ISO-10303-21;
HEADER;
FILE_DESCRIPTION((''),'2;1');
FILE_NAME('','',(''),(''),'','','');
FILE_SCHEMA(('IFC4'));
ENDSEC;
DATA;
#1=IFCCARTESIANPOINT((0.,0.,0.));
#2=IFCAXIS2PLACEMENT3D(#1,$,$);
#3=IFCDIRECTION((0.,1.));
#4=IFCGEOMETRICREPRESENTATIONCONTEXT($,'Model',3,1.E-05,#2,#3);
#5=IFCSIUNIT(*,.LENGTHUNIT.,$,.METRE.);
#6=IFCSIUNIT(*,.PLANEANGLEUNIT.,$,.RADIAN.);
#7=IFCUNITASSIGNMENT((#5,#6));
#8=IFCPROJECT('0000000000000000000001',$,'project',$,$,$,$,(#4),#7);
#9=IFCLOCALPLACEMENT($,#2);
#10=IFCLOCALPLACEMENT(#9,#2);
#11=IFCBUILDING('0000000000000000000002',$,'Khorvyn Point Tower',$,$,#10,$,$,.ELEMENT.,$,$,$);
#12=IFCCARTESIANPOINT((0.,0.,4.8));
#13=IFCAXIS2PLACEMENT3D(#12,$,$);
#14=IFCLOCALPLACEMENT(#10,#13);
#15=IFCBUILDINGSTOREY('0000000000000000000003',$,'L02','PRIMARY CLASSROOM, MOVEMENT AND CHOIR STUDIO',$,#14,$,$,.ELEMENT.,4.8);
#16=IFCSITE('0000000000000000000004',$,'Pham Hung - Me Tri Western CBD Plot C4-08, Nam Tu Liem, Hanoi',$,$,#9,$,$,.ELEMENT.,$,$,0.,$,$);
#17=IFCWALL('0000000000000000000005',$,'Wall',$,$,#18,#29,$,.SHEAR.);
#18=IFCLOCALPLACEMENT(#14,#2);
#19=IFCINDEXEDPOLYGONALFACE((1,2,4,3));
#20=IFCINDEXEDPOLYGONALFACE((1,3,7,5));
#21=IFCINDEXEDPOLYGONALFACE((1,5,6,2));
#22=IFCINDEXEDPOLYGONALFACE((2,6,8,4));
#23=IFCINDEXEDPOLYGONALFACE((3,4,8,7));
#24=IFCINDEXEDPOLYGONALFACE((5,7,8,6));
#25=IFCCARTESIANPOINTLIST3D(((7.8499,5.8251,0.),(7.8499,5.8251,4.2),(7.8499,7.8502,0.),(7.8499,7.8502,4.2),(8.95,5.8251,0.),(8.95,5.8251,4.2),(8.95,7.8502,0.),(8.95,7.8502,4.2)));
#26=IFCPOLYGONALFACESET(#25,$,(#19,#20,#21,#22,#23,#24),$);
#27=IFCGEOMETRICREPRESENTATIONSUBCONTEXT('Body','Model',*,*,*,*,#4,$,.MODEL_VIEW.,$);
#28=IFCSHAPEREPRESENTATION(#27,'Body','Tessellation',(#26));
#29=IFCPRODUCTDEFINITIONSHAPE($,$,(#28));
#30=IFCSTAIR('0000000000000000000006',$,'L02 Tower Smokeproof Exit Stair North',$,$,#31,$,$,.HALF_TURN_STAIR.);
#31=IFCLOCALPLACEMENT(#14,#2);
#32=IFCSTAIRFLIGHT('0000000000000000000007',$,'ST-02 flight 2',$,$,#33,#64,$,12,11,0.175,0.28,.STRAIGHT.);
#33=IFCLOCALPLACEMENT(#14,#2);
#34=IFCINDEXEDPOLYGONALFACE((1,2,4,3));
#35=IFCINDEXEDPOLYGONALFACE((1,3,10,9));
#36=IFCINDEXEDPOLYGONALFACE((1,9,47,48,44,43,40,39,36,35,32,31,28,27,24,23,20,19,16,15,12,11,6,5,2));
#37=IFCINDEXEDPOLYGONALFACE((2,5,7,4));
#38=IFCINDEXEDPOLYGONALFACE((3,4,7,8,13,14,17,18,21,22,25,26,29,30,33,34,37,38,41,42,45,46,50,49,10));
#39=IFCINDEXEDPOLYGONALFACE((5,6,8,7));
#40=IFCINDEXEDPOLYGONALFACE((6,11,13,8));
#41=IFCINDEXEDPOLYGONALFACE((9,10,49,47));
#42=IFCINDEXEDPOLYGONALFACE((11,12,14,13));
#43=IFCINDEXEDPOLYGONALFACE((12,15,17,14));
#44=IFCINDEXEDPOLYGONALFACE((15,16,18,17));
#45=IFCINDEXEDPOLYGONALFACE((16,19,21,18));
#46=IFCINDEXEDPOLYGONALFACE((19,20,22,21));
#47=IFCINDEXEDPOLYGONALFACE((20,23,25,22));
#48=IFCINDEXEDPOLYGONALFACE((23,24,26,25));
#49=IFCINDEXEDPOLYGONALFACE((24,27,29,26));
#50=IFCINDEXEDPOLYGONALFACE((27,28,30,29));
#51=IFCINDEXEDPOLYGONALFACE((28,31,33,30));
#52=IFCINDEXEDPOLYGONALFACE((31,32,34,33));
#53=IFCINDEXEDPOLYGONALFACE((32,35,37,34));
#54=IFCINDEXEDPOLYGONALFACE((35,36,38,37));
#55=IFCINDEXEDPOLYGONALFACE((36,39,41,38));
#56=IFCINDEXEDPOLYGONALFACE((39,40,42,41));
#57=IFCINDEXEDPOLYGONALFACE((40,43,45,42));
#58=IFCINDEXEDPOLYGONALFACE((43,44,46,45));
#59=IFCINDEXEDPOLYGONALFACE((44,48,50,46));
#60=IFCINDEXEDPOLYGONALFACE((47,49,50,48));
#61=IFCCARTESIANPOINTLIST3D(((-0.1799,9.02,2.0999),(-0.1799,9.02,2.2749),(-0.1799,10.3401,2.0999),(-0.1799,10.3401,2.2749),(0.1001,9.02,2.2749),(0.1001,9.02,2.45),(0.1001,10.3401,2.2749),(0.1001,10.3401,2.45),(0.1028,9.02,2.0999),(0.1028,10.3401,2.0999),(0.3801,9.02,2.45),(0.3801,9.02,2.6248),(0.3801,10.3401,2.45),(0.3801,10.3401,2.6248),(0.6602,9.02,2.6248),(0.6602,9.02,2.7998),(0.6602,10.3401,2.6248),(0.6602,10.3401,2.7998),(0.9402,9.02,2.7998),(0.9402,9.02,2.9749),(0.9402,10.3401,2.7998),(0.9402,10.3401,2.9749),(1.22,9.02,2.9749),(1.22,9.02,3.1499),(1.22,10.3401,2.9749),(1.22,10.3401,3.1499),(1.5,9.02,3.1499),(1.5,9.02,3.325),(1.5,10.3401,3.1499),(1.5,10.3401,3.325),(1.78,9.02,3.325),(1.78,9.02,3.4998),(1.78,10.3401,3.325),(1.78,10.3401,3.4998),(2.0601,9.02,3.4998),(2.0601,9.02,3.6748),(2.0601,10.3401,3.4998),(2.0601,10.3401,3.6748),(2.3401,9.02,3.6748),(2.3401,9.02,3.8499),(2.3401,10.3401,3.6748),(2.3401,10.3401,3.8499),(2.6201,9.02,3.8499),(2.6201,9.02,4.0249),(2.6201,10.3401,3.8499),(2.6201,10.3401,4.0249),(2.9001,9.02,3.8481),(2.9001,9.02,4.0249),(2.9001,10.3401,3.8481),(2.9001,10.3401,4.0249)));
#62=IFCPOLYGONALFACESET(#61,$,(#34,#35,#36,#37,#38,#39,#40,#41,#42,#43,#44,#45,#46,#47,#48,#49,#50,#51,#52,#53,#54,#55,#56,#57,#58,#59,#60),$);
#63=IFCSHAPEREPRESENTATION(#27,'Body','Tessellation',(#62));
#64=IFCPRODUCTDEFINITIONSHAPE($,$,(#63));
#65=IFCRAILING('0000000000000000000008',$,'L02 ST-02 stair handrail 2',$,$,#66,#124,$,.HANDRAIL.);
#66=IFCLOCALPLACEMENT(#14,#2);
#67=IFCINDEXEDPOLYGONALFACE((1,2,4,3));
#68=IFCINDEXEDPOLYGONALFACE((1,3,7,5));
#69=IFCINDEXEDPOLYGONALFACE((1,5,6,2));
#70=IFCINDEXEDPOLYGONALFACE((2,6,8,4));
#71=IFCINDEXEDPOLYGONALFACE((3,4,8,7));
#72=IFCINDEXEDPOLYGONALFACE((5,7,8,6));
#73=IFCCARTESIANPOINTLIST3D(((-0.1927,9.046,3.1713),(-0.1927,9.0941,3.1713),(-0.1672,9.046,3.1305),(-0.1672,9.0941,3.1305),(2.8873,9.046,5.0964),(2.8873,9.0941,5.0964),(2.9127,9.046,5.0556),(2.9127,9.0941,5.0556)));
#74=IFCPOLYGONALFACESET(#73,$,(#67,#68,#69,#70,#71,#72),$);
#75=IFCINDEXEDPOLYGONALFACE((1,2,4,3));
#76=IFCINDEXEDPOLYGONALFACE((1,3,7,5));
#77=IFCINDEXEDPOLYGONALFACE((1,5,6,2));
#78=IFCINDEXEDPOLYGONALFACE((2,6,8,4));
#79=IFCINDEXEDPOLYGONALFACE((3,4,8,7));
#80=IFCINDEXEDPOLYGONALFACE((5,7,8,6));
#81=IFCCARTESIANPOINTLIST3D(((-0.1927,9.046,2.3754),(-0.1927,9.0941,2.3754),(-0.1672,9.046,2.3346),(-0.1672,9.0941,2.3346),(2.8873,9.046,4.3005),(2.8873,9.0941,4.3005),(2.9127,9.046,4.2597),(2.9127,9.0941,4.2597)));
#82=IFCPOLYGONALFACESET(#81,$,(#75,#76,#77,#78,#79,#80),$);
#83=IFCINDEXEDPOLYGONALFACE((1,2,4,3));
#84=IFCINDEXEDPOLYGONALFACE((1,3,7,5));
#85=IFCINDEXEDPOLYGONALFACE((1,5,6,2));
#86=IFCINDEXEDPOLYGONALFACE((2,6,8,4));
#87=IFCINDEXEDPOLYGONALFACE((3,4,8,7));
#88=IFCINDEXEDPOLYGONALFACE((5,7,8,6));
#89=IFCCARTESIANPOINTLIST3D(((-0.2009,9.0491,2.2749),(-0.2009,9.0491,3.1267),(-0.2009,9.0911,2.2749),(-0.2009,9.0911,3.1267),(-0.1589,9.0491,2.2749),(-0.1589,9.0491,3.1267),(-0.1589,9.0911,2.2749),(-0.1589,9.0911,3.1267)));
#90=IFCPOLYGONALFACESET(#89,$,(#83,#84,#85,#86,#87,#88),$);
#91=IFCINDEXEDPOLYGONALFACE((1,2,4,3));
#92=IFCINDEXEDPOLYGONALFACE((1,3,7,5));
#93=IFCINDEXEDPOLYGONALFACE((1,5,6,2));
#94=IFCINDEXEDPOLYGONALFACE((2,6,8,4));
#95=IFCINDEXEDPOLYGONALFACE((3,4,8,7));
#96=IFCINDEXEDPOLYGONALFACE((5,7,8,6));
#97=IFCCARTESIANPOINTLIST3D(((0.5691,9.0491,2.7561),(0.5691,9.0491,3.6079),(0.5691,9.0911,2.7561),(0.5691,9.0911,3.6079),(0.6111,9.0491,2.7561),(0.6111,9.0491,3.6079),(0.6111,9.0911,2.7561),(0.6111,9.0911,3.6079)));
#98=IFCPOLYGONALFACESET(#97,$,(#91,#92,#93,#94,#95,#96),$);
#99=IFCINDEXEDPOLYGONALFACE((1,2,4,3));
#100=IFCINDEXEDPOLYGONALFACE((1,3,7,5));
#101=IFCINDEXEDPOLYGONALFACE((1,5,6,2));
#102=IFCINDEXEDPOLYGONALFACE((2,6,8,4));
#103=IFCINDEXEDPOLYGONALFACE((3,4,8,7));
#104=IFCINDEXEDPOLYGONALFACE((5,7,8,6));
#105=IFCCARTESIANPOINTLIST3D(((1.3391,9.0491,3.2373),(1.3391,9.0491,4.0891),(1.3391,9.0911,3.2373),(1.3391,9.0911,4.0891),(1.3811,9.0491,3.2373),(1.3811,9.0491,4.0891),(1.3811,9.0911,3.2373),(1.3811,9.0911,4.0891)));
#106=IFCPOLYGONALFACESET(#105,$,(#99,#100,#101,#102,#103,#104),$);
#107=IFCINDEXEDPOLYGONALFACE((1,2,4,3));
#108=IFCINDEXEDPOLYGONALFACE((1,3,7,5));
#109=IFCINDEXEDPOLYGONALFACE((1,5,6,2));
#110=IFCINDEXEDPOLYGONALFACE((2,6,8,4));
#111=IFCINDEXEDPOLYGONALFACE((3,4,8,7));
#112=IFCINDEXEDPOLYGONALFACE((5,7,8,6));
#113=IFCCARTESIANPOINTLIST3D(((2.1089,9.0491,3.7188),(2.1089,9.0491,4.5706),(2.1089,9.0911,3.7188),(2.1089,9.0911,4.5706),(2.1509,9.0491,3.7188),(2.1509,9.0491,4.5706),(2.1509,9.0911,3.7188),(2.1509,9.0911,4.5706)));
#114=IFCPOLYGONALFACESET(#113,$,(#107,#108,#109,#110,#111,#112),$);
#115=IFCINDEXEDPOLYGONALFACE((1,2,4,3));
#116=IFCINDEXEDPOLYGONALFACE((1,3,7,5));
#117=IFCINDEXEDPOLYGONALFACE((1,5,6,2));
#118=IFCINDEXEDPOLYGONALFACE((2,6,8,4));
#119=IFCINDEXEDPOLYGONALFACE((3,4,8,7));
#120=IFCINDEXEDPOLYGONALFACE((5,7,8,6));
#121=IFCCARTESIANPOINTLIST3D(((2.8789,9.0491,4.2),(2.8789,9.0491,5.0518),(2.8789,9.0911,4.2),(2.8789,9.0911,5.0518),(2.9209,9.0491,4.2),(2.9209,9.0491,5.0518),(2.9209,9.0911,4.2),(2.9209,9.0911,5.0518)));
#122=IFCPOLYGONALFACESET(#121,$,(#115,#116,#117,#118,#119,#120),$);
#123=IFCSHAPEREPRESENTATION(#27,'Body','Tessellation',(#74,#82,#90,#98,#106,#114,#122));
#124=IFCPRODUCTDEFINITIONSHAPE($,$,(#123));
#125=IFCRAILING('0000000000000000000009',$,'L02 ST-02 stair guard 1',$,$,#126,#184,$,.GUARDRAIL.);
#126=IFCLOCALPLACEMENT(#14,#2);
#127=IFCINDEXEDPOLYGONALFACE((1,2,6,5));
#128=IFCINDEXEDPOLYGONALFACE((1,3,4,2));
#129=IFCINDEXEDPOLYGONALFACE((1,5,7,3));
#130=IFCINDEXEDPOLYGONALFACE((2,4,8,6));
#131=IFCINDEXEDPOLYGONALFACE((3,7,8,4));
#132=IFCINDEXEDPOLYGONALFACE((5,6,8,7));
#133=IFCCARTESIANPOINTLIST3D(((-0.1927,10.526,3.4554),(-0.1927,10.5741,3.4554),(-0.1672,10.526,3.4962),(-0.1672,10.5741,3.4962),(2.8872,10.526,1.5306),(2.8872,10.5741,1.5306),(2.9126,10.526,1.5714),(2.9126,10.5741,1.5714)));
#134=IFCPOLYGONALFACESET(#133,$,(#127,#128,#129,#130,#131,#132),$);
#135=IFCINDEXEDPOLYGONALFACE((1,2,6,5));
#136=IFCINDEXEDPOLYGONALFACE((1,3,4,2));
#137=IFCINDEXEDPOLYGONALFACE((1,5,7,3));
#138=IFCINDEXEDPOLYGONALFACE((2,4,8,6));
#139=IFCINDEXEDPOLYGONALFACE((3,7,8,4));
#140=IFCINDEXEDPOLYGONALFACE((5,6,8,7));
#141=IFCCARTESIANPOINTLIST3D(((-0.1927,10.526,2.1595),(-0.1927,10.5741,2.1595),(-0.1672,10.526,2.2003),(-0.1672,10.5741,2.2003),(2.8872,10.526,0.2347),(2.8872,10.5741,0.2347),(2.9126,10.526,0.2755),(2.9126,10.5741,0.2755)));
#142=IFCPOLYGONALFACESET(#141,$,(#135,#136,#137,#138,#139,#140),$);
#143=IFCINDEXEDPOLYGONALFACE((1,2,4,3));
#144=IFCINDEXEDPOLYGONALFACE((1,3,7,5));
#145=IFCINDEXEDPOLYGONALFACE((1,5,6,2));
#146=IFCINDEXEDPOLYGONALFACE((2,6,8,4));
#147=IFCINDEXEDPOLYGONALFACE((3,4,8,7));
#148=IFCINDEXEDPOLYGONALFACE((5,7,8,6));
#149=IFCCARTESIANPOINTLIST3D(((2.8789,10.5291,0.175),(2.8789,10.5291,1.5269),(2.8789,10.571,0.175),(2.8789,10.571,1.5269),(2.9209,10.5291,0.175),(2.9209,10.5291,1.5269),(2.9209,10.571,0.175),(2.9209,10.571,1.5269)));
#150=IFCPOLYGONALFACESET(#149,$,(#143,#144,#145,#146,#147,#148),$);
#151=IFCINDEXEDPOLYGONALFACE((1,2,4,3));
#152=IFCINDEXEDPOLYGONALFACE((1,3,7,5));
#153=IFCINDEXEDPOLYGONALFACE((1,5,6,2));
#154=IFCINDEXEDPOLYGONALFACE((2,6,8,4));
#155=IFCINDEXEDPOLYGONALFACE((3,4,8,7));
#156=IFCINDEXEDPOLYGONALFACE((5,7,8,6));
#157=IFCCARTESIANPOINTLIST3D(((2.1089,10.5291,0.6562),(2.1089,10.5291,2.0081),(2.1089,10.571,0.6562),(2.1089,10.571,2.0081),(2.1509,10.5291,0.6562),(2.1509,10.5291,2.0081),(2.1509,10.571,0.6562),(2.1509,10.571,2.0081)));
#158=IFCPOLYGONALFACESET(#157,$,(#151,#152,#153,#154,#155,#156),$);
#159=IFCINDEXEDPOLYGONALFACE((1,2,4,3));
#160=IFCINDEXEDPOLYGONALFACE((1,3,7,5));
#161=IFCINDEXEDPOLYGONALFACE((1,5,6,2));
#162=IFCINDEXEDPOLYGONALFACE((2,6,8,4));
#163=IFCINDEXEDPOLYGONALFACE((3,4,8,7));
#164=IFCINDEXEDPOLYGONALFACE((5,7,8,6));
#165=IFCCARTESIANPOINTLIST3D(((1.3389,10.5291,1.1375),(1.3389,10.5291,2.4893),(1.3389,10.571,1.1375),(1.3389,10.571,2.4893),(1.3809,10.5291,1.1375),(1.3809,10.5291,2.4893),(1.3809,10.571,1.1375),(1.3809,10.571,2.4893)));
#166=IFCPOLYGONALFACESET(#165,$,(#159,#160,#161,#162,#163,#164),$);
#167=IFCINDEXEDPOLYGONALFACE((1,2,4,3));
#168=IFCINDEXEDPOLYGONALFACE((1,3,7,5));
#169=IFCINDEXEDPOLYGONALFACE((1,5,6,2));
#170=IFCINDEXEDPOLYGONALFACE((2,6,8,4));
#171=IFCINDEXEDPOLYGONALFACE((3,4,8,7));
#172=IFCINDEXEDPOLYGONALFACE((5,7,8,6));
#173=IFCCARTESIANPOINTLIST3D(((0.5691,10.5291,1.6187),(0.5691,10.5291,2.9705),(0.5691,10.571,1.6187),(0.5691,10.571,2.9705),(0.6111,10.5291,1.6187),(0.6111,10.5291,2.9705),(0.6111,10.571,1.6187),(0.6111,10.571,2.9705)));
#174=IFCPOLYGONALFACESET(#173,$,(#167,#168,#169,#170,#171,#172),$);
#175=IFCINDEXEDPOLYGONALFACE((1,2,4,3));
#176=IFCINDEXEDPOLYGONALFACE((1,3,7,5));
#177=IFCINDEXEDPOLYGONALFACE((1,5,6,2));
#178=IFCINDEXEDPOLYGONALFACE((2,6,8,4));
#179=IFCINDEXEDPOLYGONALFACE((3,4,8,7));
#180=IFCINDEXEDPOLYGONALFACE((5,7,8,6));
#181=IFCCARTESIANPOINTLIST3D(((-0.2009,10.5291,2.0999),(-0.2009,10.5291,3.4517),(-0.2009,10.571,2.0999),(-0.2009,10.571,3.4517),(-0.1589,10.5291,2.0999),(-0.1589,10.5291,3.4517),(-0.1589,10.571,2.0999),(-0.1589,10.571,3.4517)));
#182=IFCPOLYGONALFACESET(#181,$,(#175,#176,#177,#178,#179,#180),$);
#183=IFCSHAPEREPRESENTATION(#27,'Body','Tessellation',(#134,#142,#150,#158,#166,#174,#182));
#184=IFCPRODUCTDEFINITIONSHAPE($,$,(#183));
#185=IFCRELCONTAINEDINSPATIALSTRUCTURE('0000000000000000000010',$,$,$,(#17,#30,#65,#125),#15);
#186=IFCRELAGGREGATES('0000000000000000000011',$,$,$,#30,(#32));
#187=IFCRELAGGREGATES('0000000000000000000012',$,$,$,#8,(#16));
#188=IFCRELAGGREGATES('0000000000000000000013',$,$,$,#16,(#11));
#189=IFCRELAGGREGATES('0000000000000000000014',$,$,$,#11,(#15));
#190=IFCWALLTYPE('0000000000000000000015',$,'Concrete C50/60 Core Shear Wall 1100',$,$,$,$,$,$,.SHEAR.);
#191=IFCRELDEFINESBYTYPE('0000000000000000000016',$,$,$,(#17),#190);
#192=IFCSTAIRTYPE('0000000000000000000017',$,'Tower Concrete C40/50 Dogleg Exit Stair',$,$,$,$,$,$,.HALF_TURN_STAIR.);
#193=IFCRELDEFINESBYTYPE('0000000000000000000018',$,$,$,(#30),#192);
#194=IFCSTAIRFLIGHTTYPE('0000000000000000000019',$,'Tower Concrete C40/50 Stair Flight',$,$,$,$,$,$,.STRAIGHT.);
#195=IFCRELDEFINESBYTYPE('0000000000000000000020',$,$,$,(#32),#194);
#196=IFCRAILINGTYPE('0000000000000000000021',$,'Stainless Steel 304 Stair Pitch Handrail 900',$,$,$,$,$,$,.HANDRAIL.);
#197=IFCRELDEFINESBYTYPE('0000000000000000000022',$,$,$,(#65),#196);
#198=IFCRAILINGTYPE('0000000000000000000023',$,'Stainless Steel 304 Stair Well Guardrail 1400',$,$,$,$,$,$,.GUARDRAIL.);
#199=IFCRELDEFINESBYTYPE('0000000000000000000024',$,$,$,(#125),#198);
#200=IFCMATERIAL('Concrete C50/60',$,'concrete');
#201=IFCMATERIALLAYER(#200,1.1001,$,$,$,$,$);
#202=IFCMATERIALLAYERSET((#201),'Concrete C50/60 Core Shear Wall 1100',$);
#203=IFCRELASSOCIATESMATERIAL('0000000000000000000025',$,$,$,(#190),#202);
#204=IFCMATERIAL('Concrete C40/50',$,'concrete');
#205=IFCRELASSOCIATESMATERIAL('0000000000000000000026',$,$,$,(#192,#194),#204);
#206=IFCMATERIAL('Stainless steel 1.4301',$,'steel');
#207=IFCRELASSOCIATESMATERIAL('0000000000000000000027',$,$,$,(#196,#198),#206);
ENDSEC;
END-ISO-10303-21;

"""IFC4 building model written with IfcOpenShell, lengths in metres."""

from ifc_helpers import new_model, si_unit, direction, frame, frame_2d, origin, origin_2d, place, context, subcontext, project, spatial, polyline, rectangle, outline, extrude, material, layer, layer_set, type_object, element, aggregate, save


model = new_model("IFC4")

# Units and contexts
model_context = context("Model", 3, precision=1e-05, world=origin(), true_north=direction((0.0, 1.0)))
body_context = subcontext(model_context, "Body", "Model", "MODEL_VIEW")
ifc_project = project(units=[si_unit("LENGTHUNIT", "METRE"), si_unit("PLANEANGLEUNIT", "RADIAN")], contexts=[model_context])

# Site, building, storey
site_placement = place(None, origin())
site = spatial("IfcSite", under=ifc_project, at=site_placement, Name="Pham Hung - Me Tri Western CBD Plot C4-08, Nam Tu Liem, Hanoi", CompositionType="ELEMENT", RefElevation=0.0)
building_placement = place(site_placement, origin())
building = spatial("IfcBuilding", under=site, at=building_placement, Name="Khorvyn Point Tower", CompositionType="ELEMENT")
storey_placement = place(building_placement, frame((0.0, 0.0, 4.8)))
storey = spatial("IfcBuildingStorey", under=building, at=storey_placement, Name="L02", Description="PRIMARY CLASSROOM, MOVEMENT AND CHOIR STUDIO", CompositionType="ELEMENT", Elevation=4.8)

# Shared definitions
ifc_material_1 = material(Name="Concrete C40/50", Category="concrete")
ifc_material_2 = material(Name="Concrete C50/60", Category="concrete")

# Shared definitions
ifc_material_3 = material(Name="Stainless steel 1.4301", Category="steel")

# Wall
ifc_layer_1 = layer(ifc_material_2, 1.1001)
ifc_layer_set_1 = layer_set([ifc_layer_1], Name="Concrete C50/60 Core Shear Wall 1100")
wall_type_1 = type_object("IfcWallType", Name="Concrete C50/60 Core Shear Wall 1100", PredefinedType="SHEAR", material=ifc_layer_set_1)
wall_1_placement = place(storey_placement, frame((8.3999, 5.825, 0.0), z_axis=(0.0, 0.0, 1.0), x_axis=(0.0, 1.0, 0.0)))
element("IfcWall", 1, at=wall_1_placement, inside=storey, type_object=wall_type_1, Name="Wall", PredefinedType="SHEAR", context=body_context, shape_type="SweptSolid", body=[
    extrude(rectangle(XDim=2.0251, YDim=1.1001, at=frame_2d((1.0127, 0.0))), origin(), (0.0, 0.0, 1.0), 4.2),
])

# Stair, stair flight
stair_type = type_object("IfcStairType", Name="Tower Concrete C40/50 Dogleg Exit Stair", PredefinedType="HALF_TURN_STAIR", material=ifc_material_1)
stair_placement = place(storey_placement, origin())
stair = element("IfcStair", 2, at=stair_placement, inside=storey, type_object=stair_type, Name="L02 Tower Smokeproof Exit Stair North", PredefinedType="HALF_TURN_STAIR")
stair_flight_type = type_object("IfcStairFlightType", Name="Tower Concrete C40/50 Stair Flight", PredefinedType="STRAIGHT", material=ifc_material_1)
stair_flight_placement = place(storey_placement, frame((-0.1799, 9.6799, 2.0999), z_axis=(0.0, 0.0, 1.0), x_axis=(1.0, 0.0, 0.0)))
stair_flight = element("IfcStairFlight", 3, at=stair_flight_placement, type_object=stair_flight_type, Name="ST-02 flight 2", NumberOfRisers=12, NumberOfTreads=11, PredefinedType="STRAIGHT", RiserHeight=0.175, TreadLength=0.28, context=body_context, shape_type="SweptSolid", body=[
    extrude(outline(polyline([(0.0, 0.0), (0.0, 0.175), (0.28, 0.175), (0.28, 0.3501), (0.5601, 0.3501), (0.5601, 0.5249), (0.8401, 0.5249), (0.8401, 0.7), (1.1201, 0.7), (1.1201, 0.875), (1.3999, 0.875), (1.3999, 1.05), (1.6799, 1.05), (1.6799, 1.2251), (1.96, 1.2251), (1.96, 1.3999), (2.24, 1.3999), (2.24, 1.575), (2.52, 1.575), (2.52, 1.75), (2.8, 1.75), (2.8, 1.925), (3.0801, 1.925), (3.0801, 2.1001), (3.0801, 1.7483), (0.2827, 0.0), (0.0, 0.0)])), frame((0.0, 0.6602, 0.0), z_axis=(0.0, -1.0, 0.0), x_axis=(1.0, 0.0, 0.0)), (0.0, 0.0, 1.0), 1.3201),
])
aggregate(stair, [stair_flight])

# Railings
railing_type_1 = type_object("IfcRailingType", Name="Stainless Steel 304 Stair Pitch Handrail 900", PredefinedType="HANDRAIL", material=ifc_material_3)
railing_1_placement = place(storey_placement, frame((-0.1799, 9.0701, 2.2749)))
element("IfcRailing", 4, at=railing_1_placement, inside=storey, type_object=railing_type_1, Name="L02 ST-02 stair handrail 2", PredefinedType="HANDRAIL", context=body_context, shape_type="SweptSolid", body=[
    extrude(rectangle(XDim=0.0481, YDim=0.0481, at=origin_2d()), frame((0.0, 0.0, 0.876), z_axis=(0.847979, 0.0, 0.530029), x_axis=(0.0, 1.0, 0.0)), (0.0, 0.0, 1.0), 3.6321),
    extrude(rectangle(XDim=0.0481, YDim=0.0481, at=origin_2d()), frame((0.0, 0.0, 0.0801), z_axis=(0.847979, 0.0, 0.530029), x_axis=(0.0, 1.0, 0.0)), (0.0, 0.0, 1.0), 3.6321),
    extrude(rectangle(XDim=0.042, YDim=0.042, at=origin_2d()), origin(), (0.0, 0.0, 1.0), 0.8518),
    extrude(rectangle(XDim=0.042, YDim=0.042, at=origin_2d()), frame((0.77, 0.0, 0.4812)), (0.0, 0.0, 1.0), 0.8518),
    extrude(rectangle(XDim=0.042, YDim=0.042, at=origin_2d()), frame((1.54, 0.0, 0.9624)), (0.0, 0.0, 1.0), 0.8518),
    extrude(rectangle(XDim=0.042, YDim=0.042, at=origin_2d()), frame((2.3098, 0.0, 1.4438)), (0.0, 0.0, 1.0), 0.8518),
    extrude(rectangle(XDim=0.042, YDim=0.042, at=origin_2d()), frame((3.0798, 0.0, 1.925)), (0.0, 0.0, 1.0), 0.8518),
])
railing_type_2 = type_object("IfcRailingType", Name="Stainless Steel 304 Stair Well Guardrail 1400", PredefinedType="GUARDRAIL", material=ifc_material_3)
railing_2_placement = place(storey_placement, frame((2.8999, 10.55, 0.175)))
element("IfcRailing", 5, at=railing_2_placement, inside=storey, type_object=railing_type_2, Name="L02 ST-02 stair guard 1", PredefinedType="GUARDRAIL", context=body_context, shape_type="SweptSolid", body=[
    extrude(rectangle(XDim=0.0481, YDim=0.0481, at=origin_2d()), frame((0.0, 0.0, 1.376), z_axis=(-0.84801, 0.0, 0.529981), x_axis=(0.0, -1.0, 0.0)), (0.0, 0.0, 1.0), 3.6318),
    extrude(rectangle(XDim=0.0481, YDim=0.0481, at=origin_2d()), frame((0.0, 0.0, 0.0801), z_axis=(-0.84801, 0.0, 0.529981), x_axis=(0.0, -1.0, 0.0)), (0.0, 0.0, 1.0), 3.6318),
    extrude(rectangle(XDim=0.042, YDim=0.042, at=origin_2d()), origin(), (0.0, 0.0, 1.0), 1.3518),
    extrude(rectangle(XDim=0.042, YDim=0.042, at=origin_2d()), frame((-0.77, 0.0, 0.4812)), (0.0, 0.0, 1.0), 1.3518),
    extrude(rectangle(XDim=0.042, YDim=0.042, at=origin_2d()), frame((-1.54, 0.0, 0.9624)), (0.0, 0.0, 1.0), 1.3518),
    extrude(rectangle(XDim=0.042, YDim=0.042, at=origin_2d()), frame((-2.3098, 0.0, 1.4436)), (0.0, 0.0, 1.0), 1.3518),
    extrude(rectangle(XDim=0.042, YDim=0.042, at=origin_2d()), frame((-3.0798, 0.0, 1.9248)), (0.0, 0.0, 1.0), 1.3518),
])

save(model, "model.ifc")
